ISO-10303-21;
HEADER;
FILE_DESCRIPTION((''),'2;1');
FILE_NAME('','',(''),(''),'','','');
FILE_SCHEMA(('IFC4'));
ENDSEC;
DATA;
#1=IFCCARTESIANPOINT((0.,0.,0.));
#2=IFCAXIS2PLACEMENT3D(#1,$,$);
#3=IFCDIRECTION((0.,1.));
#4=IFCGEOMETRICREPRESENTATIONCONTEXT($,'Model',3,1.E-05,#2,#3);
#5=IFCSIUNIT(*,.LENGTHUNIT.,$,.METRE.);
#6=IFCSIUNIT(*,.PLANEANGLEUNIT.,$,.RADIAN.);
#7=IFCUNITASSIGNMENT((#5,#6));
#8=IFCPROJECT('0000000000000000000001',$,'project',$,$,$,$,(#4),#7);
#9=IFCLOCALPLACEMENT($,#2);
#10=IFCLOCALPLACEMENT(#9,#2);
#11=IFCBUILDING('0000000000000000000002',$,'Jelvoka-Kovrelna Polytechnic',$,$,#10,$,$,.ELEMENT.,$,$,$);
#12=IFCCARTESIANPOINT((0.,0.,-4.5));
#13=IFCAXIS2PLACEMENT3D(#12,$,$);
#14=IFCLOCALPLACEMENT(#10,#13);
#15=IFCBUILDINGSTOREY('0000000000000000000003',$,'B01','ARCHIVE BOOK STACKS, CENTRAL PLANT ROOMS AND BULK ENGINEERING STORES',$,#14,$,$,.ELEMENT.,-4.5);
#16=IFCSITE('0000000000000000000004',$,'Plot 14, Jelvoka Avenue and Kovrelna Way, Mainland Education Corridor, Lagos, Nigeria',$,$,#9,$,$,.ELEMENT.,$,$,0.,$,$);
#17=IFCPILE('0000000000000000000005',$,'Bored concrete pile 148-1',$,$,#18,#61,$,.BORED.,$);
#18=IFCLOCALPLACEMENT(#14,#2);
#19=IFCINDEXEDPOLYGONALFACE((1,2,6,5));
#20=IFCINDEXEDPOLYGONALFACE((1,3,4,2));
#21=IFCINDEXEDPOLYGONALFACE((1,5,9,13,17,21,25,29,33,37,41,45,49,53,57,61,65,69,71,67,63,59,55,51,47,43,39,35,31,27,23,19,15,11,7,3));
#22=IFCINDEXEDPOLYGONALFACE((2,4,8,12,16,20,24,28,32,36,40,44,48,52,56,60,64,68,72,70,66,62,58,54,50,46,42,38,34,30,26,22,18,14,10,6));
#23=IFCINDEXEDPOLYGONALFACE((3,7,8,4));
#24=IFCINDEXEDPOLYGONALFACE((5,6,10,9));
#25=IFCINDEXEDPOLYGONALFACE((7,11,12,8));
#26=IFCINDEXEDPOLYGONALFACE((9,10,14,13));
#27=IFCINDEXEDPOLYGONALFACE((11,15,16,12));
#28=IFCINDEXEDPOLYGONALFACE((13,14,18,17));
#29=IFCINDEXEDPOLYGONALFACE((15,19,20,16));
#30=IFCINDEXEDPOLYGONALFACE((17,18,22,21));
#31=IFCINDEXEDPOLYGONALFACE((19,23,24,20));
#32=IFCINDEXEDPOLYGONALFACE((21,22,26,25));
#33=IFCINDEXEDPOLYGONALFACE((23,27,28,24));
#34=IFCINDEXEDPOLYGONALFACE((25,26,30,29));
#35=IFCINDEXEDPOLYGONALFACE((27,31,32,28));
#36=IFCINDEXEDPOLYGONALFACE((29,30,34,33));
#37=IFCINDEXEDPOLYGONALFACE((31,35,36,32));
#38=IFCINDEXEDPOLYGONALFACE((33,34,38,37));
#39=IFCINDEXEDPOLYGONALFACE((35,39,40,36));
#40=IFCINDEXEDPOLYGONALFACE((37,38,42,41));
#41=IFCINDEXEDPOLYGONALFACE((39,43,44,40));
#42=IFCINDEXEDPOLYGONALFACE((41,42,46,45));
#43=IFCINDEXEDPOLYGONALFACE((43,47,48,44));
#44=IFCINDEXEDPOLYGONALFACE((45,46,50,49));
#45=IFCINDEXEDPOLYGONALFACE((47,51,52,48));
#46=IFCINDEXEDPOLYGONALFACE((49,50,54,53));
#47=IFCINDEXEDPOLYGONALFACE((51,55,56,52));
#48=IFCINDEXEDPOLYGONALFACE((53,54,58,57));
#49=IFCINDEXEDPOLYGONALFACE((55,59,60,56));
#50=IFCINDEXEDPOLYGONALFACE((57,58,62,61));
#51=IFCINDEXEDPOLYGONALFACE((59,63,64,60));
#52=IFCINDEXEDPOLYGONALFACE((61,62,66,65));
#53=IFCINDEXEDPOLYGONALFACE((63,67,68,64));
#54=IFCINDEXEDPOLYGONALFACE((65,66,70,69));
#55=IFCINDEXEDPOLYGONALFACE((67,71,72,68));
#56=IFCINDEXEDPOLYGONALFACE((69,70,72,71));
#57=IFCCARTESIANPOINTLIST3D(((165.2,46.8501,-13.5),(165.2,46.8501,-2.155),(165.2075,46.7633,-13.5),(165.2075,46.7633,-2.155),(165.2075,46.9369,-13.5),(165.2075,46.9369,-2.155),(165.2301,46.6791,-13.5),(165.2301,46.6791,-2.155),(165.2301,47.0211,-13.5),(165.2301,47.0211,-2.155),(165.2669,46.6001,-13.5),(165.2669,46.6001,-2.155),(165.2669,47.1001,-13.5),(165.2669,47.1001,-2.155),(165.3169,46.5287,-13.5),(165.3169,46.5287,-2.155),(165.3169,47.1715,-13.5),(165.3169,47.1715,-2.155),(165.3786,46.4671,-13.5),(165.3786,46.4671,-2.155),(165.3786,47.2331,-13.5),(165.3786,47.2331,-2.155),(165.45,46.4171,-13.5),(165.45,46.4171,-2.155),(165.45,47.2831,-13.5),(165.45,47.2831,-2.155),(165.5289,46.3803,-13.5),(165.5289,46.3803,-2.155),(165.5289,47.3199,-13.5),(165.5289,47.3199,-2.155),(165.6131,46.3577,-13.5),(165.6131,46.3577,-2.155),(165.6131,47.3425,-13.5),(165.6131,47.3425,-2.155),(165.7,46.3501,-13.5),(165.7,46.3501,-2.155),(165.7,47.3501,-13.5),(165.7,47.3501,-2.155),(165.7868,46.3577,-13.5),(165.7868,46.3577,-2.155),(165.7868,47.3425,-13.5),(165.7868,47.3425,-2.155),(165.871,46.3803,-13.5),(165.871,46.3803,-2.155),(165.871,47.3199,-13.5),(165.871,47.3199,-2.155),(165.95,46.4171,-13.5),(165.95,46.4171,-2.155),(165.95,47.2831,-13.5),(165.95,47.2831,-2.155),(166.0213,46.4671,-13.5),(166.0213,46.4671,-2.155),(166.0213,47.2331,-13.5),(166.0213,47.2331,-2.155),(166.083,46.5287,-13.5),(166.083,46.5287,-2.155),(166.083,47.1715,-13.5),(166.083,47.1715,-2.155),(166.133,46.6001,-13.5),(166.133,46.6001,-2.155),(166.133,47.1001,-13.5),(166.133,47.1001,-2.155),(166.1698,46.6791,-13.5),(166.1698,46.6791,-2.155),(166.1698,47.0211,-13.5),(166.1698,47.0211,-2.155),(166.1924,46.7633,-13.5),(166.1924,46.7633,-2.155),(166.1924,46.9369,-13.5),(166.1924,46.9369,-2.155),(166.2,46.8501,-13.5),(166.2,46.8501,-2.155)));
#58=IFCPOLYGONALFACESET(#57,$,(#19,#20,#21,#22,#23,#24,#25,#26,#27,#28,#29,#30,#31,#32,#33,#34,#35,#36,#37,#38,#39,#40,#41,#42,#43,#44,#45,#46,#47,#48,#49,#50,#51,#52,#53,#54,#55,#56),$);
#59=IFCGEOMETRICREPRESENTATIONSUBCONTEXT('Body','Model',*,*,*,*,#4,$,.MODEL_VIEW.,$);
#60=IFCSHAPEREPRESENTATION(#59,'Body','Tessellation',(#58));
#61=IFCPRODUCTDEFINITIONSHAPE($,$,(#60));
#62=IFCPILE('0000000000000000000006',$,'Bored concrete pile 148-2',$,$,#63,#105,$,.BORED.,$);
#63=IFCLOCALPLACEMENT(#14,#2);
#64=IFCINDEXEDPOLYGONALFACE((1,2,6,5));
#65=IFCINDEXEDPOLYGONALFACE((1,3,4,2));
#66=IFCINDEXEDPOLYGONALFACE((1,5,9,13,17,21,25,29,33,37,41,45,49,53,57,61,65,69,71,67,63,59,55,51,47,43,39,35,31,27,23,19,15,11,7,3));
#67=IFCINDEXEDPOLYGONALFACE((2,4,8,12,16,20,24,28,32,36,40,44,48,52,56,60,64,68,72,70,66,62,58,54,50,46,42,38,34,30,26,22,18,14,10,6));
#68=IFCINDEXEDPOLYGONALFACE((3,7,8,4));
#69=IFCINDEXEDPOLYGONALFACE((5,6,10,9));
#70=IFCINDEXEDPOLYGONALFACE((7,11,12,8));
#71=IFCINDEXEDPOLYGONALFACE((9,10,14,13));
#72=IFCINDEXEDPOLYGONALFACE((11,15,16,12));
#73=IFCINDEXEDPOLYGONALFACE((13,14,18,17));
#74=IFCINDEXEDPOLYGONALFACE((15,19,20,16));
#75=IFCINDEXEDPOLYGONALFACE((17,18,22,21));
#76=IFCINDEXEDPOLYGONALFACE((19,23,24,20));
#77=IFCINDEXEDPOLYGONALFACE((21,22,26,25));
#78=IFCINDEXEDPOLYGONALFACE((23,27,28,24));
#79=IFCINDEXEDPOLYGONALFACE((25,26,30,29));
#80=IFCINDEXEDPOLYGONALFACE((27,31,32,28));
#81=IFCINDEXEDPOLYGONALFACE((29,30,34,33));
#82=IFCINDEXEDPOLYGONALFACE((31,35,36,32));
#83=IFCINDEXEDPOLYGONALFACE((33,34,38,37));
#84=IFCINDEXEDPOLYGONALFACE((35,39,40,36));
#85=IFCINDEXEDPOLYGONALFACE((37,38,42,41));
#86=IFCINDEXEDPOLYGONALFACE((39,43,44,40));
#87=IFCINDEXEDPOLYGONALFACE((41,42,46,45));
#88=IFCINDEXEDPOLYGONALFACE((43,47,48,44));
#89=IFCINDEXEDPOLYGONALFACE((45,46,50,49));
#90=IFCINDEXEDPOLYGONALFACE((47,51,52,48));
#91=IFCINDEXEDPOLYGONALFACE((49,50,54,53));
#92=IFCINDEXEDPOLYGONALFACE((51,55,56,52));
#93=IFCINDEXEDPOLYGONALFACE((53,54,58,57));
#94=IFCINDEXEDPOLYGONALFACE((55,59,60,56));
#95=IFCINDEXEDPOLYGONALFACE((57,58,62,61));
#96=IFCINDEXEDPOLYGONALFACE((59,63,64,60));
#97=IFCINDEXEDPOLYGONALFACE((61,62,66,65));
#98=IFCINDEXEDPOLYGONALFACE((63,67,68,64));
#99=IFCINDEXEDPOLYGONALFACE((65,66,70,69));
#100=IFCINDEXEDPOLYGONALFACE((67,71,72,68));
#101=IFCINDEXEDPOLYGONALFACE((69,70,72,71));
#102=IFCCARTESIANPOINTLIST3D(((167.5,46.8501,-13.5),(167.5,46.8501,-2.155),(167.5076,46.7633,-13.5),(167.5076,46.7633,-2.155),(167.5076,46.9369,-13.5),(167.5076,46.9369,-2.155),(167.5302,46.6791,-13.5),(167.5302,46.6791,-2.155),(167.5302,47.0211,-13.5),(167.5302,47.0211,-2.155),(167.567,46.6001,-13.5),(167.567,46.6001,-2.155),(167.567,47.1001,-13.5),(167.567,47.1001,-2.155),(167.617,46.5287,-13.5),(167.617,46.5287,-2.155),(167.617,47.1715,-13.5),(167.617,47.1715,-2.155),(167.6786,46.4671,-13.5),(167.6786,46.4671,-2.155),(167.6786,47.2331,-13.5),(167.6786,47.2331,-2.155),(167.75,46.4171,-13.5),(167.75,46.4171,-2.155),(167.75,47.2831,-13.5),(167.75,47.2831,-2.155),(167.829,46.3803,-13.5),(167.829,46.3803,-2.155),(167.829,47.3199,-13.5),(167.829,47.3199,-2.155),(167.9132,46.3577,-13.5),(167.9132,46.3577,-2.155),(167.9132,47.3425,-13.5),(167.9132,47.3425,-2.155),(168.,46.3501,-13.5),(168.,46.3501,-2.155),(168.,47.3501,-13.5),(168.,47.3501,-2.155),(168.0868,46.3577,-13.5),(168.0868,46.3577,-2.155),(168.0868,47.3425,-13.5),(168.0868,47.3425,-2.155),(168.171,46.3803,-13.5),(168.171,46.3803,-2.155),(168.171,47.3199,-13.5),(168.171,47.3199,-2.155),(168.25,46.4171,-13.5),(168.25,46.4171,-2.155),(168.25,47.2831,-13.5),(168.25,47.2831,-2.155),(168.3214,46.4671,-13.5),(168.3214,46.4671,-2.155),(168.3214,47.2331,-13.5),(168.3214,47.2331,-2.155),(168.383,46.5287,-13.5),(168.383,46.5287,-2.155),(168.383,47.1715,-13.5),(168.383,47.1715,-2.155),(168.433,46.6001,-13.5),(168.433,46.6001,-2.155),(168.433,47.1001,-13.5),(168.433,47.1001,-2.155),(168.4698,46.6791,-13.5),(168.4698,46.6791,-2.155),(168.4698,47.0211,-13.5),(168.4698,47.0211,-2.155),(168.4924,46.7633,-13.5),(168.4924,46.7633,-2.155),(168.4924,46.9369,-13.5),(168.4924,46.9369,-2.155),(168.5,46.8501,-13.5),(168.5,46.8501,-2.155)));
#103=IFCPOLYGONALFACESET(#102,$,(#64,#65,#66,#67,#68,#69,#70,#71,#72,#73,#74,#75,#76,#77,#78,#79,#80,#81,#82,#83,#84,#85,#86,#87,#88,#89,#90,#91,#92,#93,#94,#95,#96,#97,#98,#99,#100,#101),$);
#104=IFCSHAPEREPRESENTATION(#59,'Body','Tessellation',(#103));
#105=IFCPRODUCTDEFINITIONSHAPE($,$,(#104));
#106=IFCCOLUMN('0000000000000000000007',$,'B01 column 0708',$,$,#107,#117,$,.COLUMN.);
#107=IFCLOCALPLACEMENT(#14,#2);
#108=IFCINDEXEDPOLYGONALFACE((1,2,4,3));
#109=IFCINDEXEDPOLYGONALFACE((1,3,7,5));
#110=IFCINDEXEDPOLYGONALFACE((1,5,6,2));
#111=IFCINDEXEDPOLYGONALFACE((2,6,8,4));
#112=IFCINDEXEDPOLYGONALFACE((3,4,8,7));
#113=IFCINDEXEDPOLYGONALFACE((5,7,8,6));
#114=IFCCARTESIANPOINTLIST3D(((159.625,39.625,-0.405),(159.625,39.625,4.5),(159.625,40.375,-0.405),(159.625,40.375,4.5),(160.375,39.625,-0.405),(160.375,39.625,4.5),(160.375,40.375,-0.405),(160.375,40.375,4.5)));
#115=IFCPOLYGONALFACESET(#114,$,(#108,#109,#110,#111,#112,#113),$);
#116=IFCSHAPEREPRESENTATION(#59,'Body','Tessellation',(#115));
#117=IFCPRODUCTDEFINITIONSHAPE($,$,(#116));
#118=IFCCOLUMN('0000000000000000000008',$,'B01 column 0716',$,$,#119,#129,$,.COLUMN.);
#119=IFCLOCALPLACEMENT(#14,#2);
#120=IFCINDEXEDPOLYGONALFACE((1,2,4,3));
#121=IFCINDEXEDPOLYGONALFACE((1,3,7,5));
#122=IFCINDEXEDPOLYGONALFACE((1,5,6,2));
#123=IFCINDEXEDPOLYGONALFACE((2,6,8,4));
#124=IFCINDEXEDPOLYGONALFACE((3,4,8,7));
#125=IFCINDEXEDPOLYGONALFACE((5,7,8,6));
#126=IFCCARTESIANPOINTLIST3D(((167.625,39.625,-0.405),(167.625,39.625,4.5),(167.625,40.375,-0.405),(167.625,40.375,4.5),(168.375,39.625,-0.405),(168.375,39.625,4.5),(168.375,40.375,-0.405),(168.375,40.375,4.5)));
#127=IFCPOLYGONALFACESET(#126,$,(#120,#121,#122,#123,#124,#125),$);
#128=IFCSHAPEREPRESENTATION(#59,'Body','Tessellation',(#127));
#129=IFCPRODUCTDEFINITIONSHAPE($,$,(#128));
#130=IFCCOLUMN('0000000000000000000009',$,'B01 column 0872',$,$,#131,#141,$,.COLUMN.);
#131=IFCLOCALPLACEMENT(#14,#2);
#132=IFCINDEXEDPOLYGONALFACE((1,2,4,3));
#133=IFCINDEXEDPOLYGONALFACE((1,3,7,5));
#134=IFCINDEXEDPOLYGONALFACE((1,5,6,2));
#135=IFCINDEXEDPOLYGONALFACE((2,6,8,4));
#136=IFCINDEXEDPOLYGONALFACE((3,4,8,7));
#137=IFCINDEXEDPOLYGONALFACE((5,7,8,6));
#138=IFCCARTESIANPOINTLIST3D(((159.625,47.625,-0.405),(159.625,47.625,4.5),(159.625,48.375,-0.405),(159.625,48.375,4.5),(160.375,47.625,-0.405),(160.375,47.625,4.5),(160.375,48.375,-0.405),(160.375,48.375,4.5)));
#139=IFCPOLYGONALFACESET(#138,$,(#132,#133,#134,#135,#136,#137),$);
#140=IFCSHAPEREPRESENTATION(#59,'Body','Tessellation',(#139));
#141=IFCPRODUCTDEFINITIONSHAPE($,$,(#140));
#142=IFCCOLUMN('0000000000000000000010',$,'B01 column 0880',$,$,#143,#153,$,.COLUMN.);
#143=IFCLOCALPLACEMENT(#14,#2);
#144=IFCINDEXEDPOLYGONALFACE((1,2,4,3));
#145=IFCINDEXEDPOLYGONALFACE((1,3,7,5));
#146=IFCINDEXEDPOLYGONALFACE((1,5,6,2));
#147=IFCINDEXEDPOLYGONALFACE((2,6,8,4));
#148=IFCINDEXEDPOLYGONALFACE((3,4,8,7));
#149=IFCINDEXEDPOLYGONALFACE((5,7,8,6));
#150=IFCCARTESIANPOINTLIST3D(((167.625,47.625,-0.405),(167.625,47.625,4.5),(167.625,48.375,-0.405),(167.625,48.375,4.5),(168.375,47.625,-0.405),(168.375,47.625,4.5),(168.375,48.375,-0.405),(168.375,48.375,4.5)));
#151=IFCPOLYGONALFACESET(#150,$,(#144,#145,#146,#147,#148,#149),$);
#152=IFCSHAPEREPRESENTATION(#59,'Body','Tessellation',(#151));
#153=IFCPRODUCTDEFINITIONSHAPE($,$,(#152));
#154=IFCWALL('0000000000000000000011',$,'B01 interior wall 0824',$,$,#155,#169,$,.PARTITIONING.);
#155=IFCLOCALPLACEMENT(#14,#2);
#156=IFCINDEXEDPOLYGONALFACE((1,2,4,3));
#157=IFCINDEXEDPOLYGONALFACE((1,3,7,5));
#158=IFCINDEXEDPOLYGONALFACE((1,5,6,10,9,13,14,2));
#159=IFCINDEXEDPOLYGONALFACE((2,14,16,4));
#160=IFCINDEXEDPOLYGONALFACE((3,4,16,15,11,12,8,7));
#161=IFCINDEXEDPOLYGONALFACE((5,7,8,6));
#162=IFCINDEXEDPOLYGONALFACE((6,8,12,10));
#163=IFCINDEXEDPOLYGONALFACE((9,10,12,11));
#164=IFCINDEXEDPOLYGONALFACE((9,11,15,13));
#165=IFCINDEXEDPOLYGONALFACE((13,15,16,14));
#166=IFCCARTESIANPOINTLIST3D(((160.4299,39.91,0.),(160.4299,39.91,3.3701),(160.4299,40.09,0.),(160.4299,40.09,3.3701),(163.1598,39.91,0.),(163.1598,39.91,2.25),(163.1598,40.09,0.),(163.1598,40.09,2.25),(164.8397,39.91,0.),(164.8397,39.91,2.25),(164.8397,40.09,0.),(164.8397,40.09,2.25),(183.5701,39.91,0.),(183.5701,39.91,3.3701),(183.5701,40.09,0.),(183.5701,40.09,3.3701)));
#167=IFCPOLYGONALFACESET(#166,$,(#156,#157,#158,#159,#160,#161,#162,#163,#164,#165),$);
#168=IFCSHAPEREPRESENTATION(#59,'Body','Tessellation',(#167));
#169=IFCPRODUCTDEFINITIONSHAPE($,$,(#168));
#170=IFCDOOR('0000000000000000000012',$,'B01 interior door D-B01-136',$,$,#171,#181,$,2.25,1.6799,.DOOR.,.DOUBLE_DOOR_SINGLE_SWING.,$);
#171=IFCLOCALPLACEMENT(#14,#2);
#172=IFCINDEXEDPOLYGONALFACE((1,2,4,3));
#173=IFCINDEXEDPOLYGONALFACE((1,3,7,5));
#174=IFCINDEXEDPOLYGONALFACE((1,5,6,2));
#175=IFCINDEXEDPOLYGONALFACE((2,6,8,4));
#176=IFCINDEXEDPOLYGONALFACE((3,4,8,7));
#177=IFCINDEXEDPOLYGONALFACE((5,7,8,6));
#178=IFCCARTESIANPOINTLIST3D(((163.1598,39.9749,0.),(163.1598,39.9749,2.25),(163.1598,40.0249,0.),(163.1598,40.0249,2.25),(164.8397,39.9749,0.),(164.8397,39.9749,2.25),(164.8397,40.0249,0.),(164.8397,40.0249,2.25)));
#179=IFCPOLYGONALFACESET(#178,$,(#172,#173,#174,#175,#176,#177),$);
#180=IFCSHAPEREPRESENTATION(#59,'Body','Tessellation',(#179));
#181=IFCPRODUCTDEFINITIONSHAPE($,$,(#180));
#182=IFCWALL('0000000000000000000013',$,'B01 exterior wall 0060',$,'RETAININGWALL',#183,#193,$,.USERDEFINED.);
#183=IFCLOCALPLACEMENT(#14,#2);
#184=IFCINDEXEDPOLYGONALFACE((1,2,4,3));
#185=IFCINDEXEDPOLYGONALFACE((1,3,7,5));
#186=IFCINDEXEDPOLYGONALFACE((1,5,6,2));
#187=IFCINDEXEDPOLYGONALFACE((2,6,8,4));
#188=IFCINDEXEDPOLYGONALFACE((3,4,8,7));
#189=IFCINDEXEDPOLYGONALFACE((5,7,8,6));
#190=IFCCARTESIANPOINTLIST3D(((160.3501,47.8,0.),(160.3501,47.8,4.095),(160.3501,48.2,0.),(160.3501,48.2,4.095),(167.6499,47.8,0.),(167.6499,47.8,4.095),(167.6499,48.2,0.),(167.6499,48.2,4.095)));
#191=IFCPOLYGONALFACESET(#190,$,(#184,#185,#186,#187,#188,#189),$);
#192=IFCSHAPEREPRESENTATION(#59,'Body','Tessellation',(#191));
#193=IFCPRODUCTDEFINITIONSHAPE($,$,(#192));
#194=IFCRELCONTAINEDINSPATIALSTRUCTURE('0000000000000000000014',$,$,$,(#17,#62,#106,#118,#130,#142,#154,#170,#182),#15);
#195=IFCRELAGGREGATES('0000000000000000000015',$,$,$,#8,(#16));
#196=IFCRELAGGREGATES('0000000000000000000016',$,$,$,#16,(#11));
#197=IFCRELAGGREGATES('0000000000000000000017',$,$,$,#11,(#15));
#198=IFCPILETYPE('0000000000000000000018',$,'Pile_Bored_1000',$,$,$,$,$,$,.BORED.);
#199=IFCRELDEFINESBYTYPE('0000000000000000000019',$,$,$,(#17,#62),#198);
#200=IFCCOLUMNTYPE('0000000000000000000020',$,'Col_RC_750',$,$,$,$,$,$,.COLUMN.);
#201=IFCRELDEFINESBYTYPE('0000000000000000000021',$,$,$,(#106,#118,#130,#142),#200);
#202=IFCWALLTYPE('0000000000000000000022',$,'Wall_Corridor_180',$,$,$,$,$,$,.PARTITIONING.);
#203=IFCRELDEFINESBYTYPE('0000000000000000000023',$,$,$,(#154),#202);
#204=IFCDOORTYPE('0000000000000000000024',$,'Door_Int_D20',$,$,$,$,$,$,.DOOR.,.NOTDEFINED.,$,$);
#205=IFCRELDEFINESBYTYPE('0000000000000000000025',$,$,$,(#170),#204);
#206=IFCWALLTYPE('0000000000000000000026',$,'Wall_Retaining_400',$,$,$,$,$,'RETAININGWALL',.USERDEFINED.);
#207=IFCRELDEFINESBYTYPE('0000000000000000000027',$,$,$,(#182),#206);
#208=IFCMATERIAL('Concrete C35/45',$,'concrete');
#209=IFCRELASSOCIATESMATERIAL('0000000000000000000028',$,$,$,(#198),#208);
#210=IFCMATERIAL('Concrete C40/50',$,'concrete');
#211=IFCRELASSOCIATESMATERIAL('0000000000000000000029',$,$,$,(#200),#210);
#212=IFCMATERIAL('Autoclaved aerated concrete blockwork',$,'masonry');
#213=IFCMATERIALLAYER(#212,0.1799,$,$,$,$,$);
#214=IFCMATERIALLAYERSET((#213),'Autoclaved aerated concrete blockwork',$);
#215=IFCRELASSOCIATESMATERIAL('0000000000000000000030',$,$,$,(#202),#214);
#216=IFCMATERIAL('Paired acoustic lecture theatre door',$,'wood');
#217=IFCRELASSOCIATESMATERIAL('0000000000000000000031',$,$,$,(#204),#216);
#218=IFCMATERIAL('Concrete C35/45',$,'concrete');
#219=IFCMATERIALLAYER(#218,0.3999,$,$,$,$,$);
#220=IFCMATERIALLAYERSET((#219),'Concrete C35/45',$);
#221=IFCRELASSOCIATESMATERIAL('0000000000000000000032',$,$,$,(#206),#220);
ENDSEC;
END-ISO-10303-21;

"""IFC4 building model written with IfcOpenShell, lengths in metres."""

from ifc_helpers import new_model, si_unit, direction, frame, frame_2d, origin, origin_2d, place, context, subcontext, project, spatial, rectangle, circle, extrude, material, layer, layer_set, material_profile, profile_set, type_object, element, fill, save


model = new_model("IFC4")

# Units and contexts
model_context = context("Model", 3, precision=1e-05, world=origin(), true_north=direction((0.0, 1.0)))
body_context = subcontext(model_context, "Body", "Model", "MODEL_VIEW")
ifc_project = project(units=[si_unit("LENGTHUNIT", "METRE"), si_unit("PLANEANGLEUNIT", "RADIAN")], contexts=[model_context])

# Site, building, storey
site_placement = place(None, origin())
site = spatial("IfcSite", under=ifc_project, at=site_placement, Name="Plot 14, Jelvoka Avenue and Kovrelna Way, Mainland Education Corridor, Lagos, Nigeria", CompositionType="ELEMENT", RefElevation=0.0)
building_placement = place(site_placement, origin())
building = spatial("IfcBuilding", under=site, at=building_placement, Name="Jelvoka-Kovrelna Polytechnic", CompositionType="ELEMENT")
storey_placement = place(building_placement, frame((0.0, 0.0, -4.5)))
storey = spatial("IfcBuildingStorey", under=building, at=storey_placement, Name="B01", Description="ARCHIVE BOOK STACKS, CENTRAL PLANT ROOMS AND BULK ENGINEERING STORES", CompositionType="ELEMENT", Elevation=-4.5)

# Piles
ifc_material_1 = material(Name="Concrete C35/45", Category="concrete")
ifc_material_profile_1 = material_profile(ifc_material_1, circle(Radius=0.5, at=origin_2d()), Name="PILE D1000")
ifc_profile_set_1 = profile_set([ifc_material_profile_1], Name="Concrete C35/45")
pile_type = type_object("IfcPileType", Name="Pile_Bored_1000", PredefinedType="BORED", material=ifc_profile_set_1)
for number, where, z_axis, x_axis, name in (
    (1, (165.7, 46.8501, -2.155), (0.0, 0.0, -1.0), (1.0, 0.0, 0.0), "Bored concrete pile 148-1"),
    (2, (168.0, 46.8501, -2.155), (0.0, 0.0, -1.0), (1.0, 0.0, 0.0), "Bored concrete pile 148-2"),
):
    element("IfcPile", number, at=place(storey_placement, frame(where, z_axis=z_axis, x_axis=x_axis)), inside=storey, type_object=pile_type, Name=name, PredefinedType="BORED", context=body_context, shape_type="SweptSolid", body=[
        extrude(circle(Radius=0.5, at=origin_2d()), origin(), (0.0, 0.0, 1.0), 11.345),
    ])

# Columns
ifc_material_2 = material(Name="Concrete C40/50", Category="concrete")
ifc_material_profile_2 = material_profile(ifc_material_2, rectangle(XDim=0.75, YDim=0.75, at=origin_2d()), Name="RC 750x750")
ifc_profile_set_2 = profile_set([ifc_material_profile_2], Name="Concrete C40/50")
column_type = type_object("IfcColumnType", Name="Col_RC_750", PredefinedType="COLUMN", material=ifc_profile_set_2)
for number, where, z_axis, x_axis, name in (
    (3, (160.0, 40.0, -0.405), (0.0, 0.0, 1.0), (1.0, 0.0, 0.0), "B01 column 0708"),
    (4, (168.0, 40.0, -0.405), (0.0, 0.0, 1.0), (1.0, 0.0, 0.0), "B01 column 0716"),
    (5, (160.0, 48.0, -0.405), (0.0, 0.0, 1.0), (1.0, 0.0, 0.0), "B01 column 0872"),
    (6, (168.0, 48.0, -0.405), (0.0, 0.0, 1.0), (1.0, 0.0, 0.0), "B01 column 0880"),
):
    element("IfcColumn", number, at=place(storey_placement, frame(where, z_axis=z_axis, x_axis=x_axis)), inside=storey, type_object=column_type, Name=name, PredefinedType="COLUMN", context=body_context, shape_type="SweptSolid", body=[
        extrude(rectangle(XDim=0.75, YDim=0.75, at=origin_2d()), origin(), (0.0, 0.0, 1.0), 4.905),
    ])

# Wall, opening, door
ifc_material_3 = material(Name="Autoclaved aerated concrete blockwork", Category="masonry")
ifc_layer_1 = layer(ifc_material_3, 0.1799)
ifc_layer_set_1 = layer_set([ifc_layer_1], Name="Autoclaved aerated concrete blockwork")
wall_type_1 = type_object("IfcWallType", Name="Wall_Corridor_180", PredefinedType="PARTITIONING", material=ifc_layer_set_1)
wall_1_placement = place(storey_placement, frame((160.4299, 40.0, 0.0), z_axis=(0.0, 0.0, 1.0), x_axis=(1.0, 0.0, 0.0)))
wall_1 = element("IfcWall", 7, at=wall_1_placement, inside=storey, type_object=wall_type_1, Name="B01 interior wall 0824", PredefinedType="PARTITIONING", context=body_context, shape_type="SweptSolid", body=[
    extrude(rectangle(XDim=23.1401, YDim=0.1799, at=frame_2d((11.5701, 0.0))), origin(), (0.0, 0.0, 1.0), 3.3701),
])
opening_placement = place(wall_1_placement, frame((2.73, 0.0, 0.0)))
opening = element("IfcOpeningElement", 8, at=opening_placement, cuts=wall_1, PredefinedType="OPENING", context=body_context, shape_type="SweptSolid", body=[
    extrude(rectangle(XDim=1.6799, YDim=2.25, at=frame_2d((0.8398, 1.125))), frame((0.0, 0.0999, 0.0), z_axis=(0.0, -1.0, 0.0), x_axis=(1.0, 0.0, 0.0)), (0.0, 0.0, 1.0), 0.2),
])
ifc_material_4 = material(Name="Paired acoustic lecture theatre door", Category="wood")
door_type = type_object("IfcDoorType", Name="Door_Int_D20", OperationType="NOTDEFINED", PredefinedType="DOOR", material=ifc_material_4)
door_placement = place(opening_placement, origin())
door = element("IfcDoor", 9, at=door_placement, inside=storey, type_object=door_type, Name="B01 interior door D-B01-136", OperationType="DOUBLE_DOOR_SINGLE_SWING", OverallHeight=2.25, OverallWidth=1.6799, PredefinedType="DOOR", context=body_context, shape_type="SweptSolid", body=[
    extrude(rectangle(XDim=1.6799, YDim=2.25, at=frame_2d((0.8398, 1.125))), frame((0.0, 0.0249, 0.0), z_axis=(0.0, -1.0, 0.0), x_axis=(1.0, 0.0, 0.0)), (0.0, 0.0, 1.0), 0.05),
])
fill(opening, door)

# Wall
ifc_material_5 = material(Name="Concrete C35/45", Category="concrete")
ifc_layer_2 = layer(ifc_material_5, 0.3999)
ifc_layer_set_2 = layer_set([ifc_layer_2], Name="Concrete C35/45")
wall_type_2 = type_object("IfcWallType", Name="Wall_Retaining_400", ElementType="RETAININGWALL", PredefinedType="USERDEFINED", material=ifc_layer_set_2)
wall_2_placement = place(storey_placement, frame((160.3501, 48.0, 0.0), z_axis=(0.0, 0.0, 1.0), x_axis=(1.0, 0.0, 0.0)))
element("IfcWall", 10, at=wall_2_placement, inside=storey, type_object=wall_type_2, Name="B01 exterior wall 0060", ObjectType="RETAININGWALL", PredefinedType="USERDEFINED", context=body_context, shape_type="SweptSolid", body=[
    extrude(rectangle(XDim=7.2998, YDim=0.3999, at=frame_2d((3.6499, 0.0))), origin(), (0.0, 0.0, 1.0), 4.095),
])

save(model, "model.ifc")
